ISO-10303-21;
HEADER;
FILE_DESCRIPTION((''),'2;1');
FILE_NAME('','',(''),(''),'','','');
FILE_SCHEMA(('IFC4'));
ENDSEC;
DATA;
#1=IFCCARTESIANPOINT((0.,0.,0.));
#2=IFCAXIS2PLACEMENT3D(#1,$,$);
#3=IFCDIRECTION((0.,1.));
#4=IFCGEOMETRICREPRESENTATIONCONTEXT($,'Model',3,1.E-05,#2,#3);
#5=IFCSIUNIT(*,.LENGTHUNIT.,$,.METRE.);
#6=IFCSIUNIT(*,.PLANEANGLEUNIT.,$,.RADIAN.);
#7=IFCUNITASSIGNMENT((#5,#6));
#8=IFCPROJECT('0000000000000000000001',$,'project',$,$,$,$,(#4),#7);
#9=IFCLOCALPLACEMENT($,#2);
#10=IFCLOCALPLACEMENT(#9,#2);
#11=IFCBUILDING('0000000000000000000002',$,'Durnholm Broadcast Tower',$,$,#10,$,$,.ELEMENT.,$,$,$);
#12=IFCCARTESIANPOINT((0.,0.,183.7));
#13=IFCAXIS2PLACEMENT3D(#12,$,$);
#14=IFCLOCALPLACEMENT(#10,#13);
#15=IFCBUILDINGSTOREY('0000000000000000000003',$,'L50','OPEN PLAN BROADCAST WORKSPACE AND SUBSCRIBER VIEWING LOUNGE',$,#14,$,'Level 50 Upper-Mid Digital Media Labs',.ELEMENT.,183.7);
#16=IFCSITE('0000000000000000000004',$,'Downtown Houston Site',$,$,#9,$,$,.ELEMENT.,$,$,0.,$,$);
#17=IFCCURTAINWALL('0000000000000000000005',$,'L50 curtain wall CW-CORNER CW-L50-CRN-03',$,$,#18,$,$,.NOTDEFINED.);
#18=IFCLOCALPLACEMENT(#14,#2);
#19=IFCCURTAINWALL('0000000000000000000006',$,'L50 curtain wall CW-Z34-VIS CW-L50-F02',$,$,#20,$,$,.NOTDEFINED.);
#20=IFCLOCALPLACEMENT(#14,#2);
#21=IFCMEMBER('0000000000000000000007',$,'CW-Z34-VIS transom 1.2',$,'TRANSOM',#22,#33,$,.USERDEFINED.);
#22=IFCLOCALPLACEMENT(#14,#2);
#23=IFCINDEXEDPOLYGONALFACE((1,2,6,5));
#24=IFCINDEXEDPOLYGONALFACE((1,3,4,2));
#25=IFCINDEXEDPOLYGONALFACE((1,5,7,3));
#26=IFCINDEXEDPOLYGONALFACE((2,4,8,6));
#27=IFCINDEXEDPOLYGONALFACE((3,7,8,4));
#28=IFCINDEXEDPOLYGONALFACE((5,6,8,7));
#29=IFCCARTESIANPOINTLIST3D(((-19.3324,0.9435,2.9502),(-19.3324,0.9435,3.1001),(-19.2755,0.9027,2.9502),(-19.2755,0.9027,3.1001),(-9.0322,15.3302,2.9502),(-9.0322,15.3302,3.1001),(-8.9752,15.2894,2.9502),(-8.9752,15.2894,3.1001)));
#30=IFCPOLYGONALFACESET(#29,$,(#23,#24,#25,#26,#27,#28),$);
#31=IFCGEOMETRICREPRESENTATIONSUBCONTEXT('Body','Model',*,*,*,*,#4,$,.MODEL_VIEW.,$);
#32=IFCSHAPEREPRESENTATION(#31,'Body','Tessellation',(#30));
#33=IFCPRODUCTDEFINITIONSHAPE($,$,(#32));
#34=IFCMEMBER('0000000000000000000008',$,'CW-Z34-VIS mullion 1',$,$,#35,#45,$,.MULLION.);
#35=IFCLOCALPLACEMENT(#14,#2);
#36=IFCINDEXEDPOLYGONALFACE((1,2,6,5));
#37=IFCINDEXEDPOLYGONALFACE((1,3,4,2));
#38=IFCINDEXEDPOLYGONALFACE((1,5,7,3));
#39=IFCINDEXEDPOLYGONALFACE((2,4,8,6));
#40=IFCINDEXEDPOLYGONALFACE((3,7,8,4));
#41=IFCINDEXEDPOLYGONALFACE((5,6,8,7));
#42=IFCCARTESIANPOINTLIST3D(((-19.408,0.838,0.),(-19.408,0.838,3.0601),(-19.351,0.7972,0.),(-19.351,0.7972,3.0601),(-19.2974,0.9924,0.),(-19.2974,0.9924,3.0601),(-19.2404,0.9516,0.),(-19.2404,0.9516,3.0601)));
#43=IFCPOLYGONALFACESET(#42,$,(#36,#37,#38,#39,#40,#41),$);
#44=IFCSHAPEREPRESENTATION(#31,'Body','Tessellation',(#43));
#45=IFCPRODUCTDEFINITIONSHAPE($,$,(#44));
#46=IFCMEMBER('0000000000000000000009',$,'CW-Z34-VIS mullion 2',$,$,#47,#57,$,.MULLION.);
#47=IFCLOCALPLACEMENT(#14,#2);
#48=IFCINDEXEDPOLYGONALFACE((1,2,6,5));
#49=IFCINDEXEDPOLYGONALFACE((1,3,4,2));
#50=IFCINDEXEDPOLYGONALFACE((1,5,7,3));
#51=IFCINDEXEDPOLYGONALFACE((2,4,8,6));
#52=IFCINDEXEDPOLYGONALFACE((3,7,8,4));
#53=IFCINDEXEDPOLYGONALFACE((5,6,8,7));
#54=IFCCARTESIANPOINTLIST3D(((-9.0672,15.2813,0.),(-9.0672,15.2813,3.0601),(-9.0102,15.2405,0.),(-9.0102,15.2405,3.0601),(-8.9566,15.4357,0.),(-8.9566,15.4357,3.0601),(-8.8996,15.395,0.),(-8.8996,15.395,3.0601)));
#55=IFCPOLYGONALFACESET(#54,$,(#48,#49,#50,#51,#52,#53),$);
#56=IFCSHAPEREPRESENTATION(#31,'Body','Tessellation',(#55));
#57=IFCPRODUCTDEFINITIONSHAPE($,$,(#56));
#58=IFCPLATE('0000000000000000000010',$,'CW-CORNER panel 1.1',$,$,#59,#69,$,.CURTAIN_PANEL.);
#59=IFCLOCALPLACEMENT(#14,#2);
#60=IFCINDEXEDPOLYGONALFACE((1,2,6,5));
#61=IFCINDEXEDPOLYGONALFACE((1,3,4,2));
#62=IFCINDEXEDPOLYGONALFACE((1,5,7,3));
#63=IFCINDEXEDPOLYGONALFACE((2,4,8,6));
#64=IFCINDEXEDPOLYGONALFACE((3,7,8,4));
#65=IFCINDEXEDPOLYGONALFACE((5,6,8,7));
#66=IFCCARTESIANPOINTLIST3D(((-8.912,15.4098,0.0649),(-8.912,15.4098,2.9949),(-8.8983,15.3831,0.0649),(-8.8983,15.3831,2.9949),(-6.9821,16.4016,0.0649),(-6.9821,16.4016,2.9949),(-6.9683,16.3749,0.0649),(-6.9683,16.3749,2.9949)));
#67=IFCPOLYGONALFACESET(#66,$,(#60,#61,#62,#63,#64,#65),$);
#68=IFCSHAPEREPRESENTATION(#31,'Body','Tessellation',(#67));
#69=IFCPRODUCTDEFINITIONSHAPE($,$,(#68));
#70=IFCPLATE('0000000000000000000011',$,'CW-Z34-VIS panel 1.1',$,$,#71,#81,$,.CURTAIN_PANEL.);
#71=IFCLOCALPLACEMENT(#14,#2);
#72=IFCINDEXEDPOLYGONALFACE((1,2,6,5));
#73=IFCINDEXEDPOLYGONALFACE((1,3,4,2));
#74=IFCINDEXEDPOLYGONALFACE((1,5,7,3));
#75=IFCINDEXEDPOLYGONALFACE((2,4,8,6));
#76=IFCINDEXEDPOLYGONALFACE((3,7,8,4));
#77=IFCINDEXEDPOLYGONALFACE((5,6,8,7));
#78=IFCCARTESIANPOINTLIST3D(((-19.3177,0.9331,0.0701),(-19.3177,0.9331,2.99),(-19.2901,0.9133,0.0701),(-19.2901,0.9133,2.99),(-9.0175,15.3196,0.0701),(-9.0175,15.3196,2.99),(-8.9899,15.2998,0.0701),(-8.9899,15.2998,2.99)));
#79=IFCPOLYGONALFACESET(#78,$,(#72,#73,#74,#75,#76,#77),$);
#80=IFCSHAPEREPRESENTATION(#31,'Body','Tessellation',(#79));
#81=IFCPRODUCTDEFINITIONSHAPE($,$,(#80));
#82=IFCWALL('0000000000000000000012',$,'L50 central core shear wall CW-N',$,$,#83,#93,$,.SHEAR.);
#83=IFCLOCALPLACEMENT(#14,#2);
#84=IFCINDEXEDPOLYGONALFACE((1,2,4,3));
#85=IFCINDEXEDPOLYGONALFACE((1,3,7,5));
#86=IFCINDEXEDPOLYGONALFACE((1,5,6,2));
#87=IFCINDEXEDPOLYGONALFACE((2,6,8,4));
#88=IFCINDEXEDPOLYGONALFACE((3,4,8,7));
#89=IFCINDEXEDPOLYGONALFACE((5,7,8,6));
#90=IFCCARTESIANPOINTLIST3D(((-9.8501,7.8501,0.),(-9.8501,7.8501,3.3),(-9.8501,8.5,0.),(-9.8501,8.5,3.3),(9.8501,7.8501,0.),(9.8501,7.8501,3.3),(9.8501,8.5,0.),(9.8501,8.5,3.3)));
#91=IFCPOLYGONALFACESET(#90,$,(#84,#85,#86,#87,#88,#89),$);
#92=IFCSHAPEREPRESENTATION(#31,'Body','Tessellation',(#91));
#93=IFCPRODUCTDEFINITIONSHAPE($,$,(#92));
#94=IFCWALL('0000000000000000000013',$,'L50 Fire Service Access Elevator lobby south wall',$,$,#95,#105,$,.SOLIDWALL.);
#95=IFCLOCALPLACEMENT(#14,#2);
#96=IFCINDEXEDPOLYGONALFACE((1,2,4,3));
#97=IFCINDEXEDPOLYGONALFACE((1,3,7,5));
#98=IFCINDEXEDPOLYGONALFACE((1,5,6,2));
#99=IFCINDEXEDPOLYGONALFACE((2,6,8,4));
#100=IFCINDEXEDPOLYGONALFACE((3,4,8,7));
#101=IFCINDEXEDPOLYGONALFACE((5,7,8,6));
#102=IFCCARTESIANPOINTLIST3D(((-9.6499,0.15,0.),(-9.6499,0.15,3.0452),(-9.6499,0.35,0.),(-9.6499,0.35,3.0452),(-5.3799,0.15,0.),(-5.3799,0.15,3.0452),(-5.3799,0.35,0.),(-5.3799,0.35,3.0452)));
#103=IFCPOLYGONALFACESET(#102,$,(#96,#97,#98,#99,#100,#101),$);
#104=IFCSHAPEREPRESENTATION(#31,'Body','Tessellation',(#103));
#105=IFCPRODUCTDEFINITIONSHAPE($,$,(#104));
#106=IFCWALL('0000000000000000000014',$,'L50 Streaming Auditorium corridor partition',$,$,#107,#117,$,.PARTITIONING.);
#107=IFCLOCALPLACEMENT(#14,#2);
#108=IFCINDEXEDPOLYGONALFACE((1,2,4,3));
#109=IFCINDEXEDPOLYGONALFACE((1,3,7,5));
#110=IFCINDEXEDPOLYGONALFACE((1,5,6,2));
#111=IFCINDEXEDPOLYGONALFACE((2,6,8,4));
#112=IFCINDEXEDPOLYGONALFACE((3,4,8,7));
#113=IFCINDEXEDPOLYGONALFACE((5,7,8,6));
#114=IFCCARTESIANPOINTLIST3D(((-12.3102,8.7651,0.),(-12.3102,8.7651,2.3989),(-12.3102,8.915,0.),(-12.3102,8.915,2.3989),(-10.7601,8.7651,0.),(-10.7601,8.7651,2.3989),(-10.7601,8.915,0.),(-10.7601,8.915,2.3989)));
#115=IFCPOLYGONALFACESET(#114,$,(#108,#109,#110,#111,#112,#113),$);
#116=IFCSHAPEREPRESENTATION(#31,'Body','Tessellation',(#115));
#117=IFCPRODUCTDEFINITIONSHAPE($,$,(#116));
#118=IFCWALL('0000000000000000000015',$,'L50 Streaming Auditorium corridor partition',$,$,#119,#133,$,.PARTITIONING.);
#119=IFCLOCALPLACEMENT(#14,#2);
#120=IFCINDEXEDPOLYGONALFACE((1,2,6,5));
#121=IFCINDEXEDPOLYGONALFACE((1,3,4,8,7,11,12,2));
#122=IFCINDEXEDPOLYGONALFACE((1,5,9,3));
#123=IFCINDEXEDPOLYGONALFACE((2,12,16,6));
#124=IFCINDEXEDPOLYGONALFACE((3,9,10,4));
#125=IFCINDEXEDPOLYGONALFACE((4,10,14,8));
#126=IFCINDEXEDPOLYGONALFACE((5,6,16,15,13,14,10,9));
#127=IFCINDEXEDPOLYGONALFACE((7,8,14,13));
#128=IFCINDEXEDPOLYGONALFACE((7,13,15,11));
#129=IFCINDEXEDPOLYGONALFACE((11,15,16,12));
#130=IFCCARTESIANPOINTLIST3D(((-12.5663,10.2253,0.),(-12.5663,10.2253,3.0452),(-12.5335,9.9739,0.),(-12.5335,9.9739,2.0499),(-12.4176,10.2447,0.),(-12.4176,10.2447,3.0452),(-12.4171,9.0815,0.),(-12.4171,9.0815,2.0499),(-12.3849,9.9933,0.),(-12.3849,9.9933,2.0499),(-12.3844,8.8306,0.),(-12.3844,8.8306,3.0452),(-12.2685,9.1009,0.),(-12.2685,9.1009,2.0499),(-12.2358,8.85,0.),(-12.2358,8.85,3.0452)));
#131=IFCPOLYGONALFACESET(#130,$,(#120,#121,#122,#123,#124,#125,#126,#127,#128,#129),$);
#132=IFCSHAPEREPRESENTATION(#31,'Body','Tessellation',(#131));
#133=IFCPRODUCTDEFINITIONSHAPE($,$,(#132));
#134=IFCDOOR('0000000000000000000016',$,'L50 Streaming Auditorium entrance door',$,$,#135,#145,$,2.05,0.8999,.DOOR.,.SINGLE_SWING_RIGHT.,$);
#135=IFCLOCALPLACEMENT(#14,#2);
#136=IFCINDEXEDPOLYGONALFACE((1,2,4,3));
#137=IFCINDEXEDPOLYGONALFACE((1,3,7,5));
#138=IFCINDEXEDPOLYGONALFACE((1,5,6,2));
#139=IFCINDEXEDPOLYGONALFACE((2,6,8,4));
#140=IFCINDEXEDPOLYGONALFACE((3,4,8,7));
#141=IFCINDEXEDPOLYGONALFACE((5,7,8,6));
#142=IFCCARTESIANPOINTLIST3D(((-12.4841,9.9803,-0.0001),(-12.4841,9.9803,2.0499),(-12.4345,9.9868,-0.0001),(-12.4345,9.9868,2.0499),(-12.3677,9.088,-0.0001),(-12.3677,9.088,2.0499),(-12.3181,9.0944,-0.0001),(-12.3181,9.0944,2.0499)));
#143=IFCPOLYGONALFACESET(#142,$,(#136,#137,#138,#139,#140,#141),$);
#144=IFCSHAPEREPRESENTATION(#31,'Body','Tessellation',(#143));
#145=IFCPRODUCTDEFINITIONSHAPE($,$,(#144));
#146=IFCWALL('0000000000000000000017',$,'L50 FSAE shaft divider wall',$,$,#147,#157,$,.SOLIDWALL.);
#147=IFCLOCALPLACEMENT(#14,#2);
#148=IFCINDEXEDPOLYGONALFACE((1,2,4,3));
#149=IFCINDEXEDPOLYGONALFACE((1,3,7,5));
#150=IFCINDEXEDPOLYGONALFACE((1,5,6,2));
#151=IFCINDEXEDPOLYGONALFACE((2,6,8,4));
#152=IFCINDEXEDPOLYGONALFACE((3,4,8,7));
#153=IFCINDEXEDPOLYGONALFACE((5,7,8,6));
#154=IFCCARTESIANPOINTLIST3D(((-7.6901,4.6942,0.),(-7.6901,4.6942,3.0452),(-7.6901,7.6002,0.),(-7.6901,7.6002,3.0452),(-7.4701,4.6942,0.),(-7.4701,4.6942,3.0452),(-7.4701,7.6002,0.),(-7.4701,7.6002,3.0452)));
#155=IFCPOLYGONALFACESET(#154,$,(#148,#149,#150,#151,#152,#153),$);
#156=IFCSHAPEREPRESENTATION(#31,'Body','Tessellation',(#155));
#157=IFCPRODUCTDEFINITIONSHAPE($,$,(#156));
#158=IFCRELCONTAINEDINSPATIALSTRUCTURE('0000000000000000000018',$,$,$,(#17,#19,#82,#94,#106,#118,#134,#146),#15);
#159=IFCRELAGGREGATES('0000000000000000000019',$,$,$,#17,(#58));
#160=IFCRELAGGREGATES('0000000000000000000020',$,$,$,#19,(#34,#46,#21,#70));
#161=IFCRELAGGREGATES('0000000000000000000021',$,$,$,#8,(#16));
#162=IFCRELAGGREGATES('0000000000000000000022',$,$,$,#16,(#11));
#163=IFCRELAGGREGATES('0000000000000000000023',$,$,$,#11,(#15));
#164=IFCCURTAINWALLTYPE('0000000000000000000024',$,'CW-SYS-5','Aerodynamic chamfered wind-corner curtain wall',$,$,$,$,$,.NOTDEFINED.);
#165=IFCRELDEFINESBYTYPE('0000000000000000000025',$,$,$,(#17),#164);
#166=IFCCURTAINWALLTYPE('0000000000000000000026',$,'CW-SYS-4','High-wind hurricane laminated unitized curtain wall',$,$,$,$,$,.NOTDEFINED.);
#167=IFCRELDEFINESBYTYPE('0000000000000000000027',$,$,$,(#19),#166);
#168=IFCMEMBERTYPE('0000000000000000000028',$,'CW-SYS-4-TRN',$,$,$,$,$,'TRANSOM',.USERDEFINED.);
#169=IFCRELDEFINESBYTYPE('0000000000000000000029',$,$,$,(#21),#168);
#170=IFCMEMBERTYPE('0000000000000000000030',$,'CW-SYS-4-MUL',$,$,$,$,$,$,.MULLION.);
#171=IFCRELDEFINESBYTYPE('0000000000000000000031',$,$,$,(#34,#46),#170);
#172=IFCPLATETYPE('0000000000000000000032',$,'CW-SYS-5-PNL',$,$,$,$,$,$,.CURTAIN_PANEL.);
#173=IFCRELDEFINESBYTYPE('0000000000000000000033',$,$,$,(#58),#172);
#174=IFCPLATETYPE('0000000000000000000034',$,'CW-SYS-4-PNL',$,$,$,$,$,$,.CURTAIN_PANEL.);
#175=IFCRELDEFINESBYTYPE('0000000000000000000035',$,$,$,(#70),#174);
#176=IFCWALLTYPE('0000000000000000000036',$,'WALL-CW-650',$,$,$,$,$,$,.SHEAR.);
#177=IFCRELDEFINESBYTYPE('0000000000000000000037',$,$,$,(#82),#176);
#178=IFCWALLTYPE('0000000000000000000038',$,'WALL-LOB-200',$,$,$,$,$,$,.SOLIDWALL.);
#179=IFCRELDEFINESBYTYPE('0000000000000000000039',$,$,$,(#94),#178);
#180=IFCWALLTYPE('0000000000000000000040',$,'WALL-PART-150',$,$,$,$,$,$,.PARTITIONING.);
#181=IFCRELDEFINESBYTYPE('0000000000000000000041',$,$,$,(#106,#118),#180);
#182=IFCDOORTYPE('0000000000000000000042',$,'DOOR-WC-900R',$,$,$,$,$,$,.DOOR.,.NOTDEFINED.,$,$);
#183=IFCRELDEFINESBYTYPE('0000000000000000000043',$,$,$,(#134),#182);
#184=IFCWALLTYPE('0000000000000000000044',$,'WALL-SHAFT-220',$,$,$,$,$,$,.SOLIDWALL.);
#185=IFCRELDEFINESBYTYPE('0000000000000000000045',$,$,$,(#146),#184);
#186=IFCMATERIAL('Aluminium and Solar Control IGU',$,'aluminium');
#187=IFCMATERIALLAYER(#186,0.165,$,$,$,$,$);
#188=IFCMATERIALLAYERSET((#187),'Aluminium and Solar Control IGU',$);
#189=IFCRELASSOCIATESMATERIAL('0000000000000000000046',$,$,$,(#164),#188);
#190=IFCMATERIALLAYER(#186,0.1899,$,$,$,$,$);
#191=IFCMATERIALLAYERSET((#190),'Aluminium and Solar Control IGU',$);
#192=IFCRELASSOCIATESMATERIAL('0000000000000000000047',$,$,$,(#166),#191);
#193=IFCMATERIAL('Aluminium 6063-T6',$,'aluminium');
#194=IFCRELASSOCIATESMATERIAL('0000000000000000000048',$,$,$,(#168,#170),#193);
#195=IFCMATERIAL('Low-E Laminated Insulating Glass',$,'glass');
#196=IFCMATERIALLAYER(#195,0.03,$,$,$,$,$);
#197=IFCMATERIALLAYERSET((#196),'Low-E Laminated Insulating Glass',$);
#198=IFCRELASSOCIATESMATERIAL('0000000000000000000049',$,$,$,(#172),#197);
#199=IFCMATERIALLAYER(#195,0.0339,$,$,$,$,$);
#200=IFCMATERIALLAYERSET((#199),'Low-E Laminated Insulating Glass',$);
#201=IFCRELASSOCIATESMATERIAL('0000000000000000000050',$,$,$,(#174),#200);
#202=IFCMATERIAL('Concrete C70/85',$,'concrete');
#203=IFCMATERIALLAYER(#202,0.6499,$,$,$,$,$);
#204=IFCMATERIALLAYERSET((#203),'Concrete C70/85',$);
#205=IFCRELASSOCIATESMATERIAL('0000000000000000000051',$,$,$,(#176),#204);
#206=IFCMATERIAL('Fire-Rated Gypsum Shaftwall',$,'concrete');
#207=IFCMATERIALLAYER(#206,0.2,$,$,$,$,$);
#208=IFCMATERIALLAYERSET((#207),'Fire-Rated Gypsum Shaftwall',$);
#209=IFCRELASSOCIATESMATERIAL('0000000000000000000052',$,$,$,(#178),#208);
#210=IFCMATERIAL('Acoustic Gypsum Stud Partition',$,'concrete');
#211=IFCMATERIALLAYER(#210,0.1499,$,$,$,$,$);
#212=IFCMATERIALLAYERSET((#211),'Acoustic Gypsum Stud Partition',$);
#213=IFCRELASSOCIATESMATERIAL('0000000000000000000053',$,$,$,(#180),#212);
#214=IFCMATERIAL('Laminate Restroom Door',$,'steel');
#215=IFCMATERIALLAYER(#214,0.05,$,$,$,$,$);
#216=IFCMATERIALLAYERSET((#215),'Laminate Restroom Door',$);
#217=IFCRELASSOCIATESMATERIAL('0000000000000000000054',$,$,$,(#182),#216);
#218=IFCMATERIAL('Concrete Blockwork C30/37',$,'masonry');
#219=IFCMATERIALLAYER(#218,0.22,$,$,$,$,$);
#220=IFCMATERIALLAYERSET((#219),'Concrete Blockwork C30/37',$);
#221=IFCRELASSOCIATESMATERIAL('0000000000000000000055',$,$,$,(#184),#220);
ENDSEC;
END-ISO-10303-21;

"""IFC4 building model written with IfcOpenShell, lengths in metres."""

from ifc_helpers import new_model, si_unit, direction, frame, frame_2d, origin, origin_2d, place, context, subcontext, project, spatial, rectangle, extrude, source, transform, mapped, material, layer, layer_set, material_profile, profile_set, type_object, type_shapes, element, fill, aggregate, save


model = new_model("IFC4")

# Units and contexts
model_context = context("Model", 3, precision=1e-05, world=origin(), true_north=direction((0.0, 1.0)))
body_context = subcontext(model_context, "Body", "Model", "MODEL_VIEW")
ifc_project = project(units=[si_unit("LENGTHUNIT", "METRE"), si_unit("PLANEANGLEUNIT", "RADIAN")], contexts=[model_context])

# Site, building, storey
site_placement = place(None, origin())
site = spatial("IfcSite", under=ifc_project, at=site_placement, Name="Downtown Houston Site", CompositionType="ELEMENT", RefElevation=0.0)
building_placement = place(site_placement, origin())
building = spatial("IfcBuilding", under=site, at=building_placement, Name="Durnholm Broadcast Tower", CompositionType="ELEMENT")
storey_placement = place(building_placement, frame((0.0, 0.0, 183.7)))
storey = spatial("IfcBuildingStorey", under=building, at=storey_placement, Name="L50", Description="OPEN PLAN BROADCAST WORKSPACE AND SUBSCRIBER VIEWING LOUNGE", LongName="Level 50 Upper-Mid Digital Media Labs", CompositionType="ELEMENT", Elevation=183.7)

# Shared definitions
ifc_material_1 = material(Name="Concrete C70/85", Category="concrete")

# Shared definitions
ifc_material_2 = material(Name="Aluminium and Solar Control IGU", Category="aluminium")
ifc_layer_1 = layer(ifc_material_2, 0.165)
ifc_layer_set_1 = layer_set([ifc_layer_1], Name="Aluminium and Solar Control IGU")
curtain_wall_type_1 = type_object("IfcCurtainWallType", Name="CW-SYS-5", Description="Aerodynamic chamfered wind-corner curtain wall", PredefinedType="NOTDEFINED", material=ifc_layer_set_1)
ifc_material_3 = material(Name="Aluminium 6063-T6", Category="aluminium")

# Curtain walls, members
curtain_wall_1_placement = place(storey_placement, origin())
curtain_wall_1 = element("IfcCurtainWall", 1, at=curtain_wall_1_placement, inside=storey, type_object=curtain_wall_type_1, Name="L50 curtain wall CW-CORNER CW-L50-CRN-03", PredefinedType="NOTDEFINED")
ifc_layer_2 = layer(ifc_material_2, 0.1899)
ifc_layer_set_2 = layer_set([ifc_layer_2], Name="Aluminium and Solar Control IGU")
curtain_wall_type_2 = type_object("IfcCurtainWallType", Name="CW-SYS-4", Description="High-wind hurricane laminated unitized curtain wall", PredefinedType="NOTDEFINED", material=ifc_layer_set_2)
curtain_wall_2_placement = place(storey_placement, origin())
curtain_wall_2 = element("IfcCurtainWall", 2, at=curtain_wall_2_placement, inside=storey, type_object=curtain_wall_type_2, Name="L50 curtain wall CW-Z34-VIS CW-L50-F02", PredefinedType="NOTDEFINED")
ifc_material_profile_1 = material_profile(ifc_material_3, rectangle(XDim=0.0701, YDim=0.1499, at=origin_2d()), Name="CWT70X150")
ifc_profile_set_1 = profile_set([ifc_material_profile_1], Name="Aluminium 6063-T6")
member_type_1 = type_object("IfcMemberType", Name="CW-SYS-4-TRN", ElementType="TRANSOM", PredefinedType="USERDEFINED", material=ifc_profile_set_1)
shared_shape_1 = source(origin(), body_context, "Body", "SweptSolid", [
    extrude(rectangle(XDim=0.0701, YDim=0.1499, at=origin_2d()), origin(), (0.0, 0.0, 1.0), 17.6938),
])
type_shapes(member_type_1, [shared_shape_1])
member_1_placement = place(storey_placement, frame((-19.304, 0.9231, 3.0251), z_axis=(0.582138, 0.81309, 0.0), x_axis=(-0.81309, 0.582138, 0.0)))
member_1 = element("IfcMember", 3, at=member_1_placement, type_object=member_type_1, Name="CW-Z34-VIS transom 1.2", ObjectType="TRANSOM", PredefinedType="USERDEFINED", context=body_context, shape_type="MappedRepresentation", body=[
    mapped(shared_shape_1, transform((0.0, 0.0, 0.0), x_axis=(1.0, 0.0, 0.0), y_axis=(0.0, 1.0, 0.0), z_axis=(0.0, 0.0, 1.0), scale=1.0)),
])
ifc_material_profile_2 = material_profile(ifc_material_3, rectangle(XDim=0.0701, YDim=0.1899, at=origin_2d()), Name="CWM70X190")
ifc_profile_set_2 = profile_set([ifc_material_profile_2], Name="Aluminium 6063-T6")
member_type_2 = type_object("IfcMemberType", Name="CW-SYS-4-MUL", PredefinedType="MULLION", material=ifc_profile_set_2)
shared_shape_2 = source(origin(), body_context, "Body", "SweptSolid", [
    extrude(rectangle(XDim=0.0701, YDim=0.1899, at=origin_2d()), origin(), (0.0, 0.0, 1.0), 3.0601),
])
type_shapes(member_type_2, [shared_shape_2])
member_2_placement = place(storey_placement, frame((-19.3242, 0.8948, 0.0), z_axis=(0.0, 0.0, 1.0), x_axis=(-0.813089, 0.582139, 0.0)))
member_2 = element("IfcMember", 4, at=member_2_placement, type_object=member_type_2, Name="CW-Z34-VIS mullion 1", PredefinedType="MULLION", context=body_context, shape_type="MappedRepresentation", body=[
    mapped(shared_shape_2, transform((0.0, 0.0, 0.0), x_axis=(1.0, 0.0, 0.0), y_axis=(0.0, 1.0, 0.0), z_axis=(0.0, 0.0, 1.0), scale=1.0)),
])
member_3_placement = place(storey_placement, frame((-8.9834, 15.3381, 0.0), z_axis=(0.0, 0.0, 1.0), x_axis=(-0.813089, 0.582139, 0.0)))
member_3 = element("IfcMember", 5, at=member_3_placement, type_object=member_type_2, Name="CW-Z34-VIS mullion 2", PredefinedType="MULLION", context=body_context, shape_type="MappedRepresentation", body=[
    mapped(shared_shape_2, transform((0.0, 0.0, 0.0), x_axis=(1.0, 0.0, 0.0), y_axis=(0.0, 1.0, 0.0), z_axis=(0.0, 0.0, 1.0), scale=1.0)),
])

# Plates
ifc_material_4 = material(Name="Low-E Laminated Insulating Glass", Category="glass")
ifc_layer_3 = layer(ifc_material_4, 0.03)
ifc_layer_set_3 = layer_set([ifc_layer_3], Name="Low-E Laminated Insulating Glass")
plate_type_1 = type_object("IfcPlateType", Name="CW-SYS-5-PNL", PredefinedType="CURTAIN_PANEL", material=ifc_layer_set_3)
shared_shape_3 = source(origin(), body_context, "Body", "SweptSolid", [
    extrude(rectangle(XDim=2.1699, YDim=0.03, at=origin_2d()), origin(), (0.0, 0.0, 1.0), 2.9299),
])
type_shapes(plate_type_1, [shared_shape_3])
plate_1_placement = place(storey_placement, frame((-7.9402, 15.8923, 0.0649), z_axis=(0.0, 0.0, 1.0), x_axis=(0.889425, 0.457082, 0.0)))
plate_1 = element("IfcPlate", 6, at=plate_1_placement, type_object=plate_type_1, Name="CW-CORNER panel 1.1", PredefinedType="CURTAIN_PANEL", context=body_context, shape_type="MappedRepresentation", body=[
    mapped(shared_shape_3, transform((0.0, 0.0, 0.0), x_axis=(1.0, 0.0, 0.0), y_axis=(0.0, 1.0, 0.0), z_axis=(0.0, 0.0, 1.0), scale=1.0)),
])
aggregate(curtain_wall_1, [plate_1])
ifc_layer_4 = layer(ifc_material_4, 0.0339)
ifc_layer_set_4 = layer_set([ifc_layer_4], Name="Low-E Laminated Insulating Glass")
plate_type_2 = type_object("IfcPlateType", Name="CW-SYS-4-PNL", PredefinedType="CURTAIN_PANEL", material=ifc_layer_set_4)
shared_shape_4 = source(origin(), body_context, "Body", "SweptSolid", [
    extrude(rectangle(XDim=17.6936, YDim=0.0339, at=origin_2d()), origin(), (0.0, 0.0, 1.0), 2.9199),
])
type_shapes(plate_type_2, [shared_shape_4])
plate_2_placement = place(storey_placement, frame((-14.1538, 8.1165, 0.0701), z_axis=(0.0, 0.0, 1.0), x_axis=(0.582139, 0.813089, 0.0)))
plate_2 = element("IfcPlate", 7, at=plate_2_placement, type_object=plate_type_2, Name="CW-Z34-VIS panel 1.1", PredefinedType="CURTAIN_PANEL", context=body_context, shape_type="MappedRepresentation", body=[
    mapped(shared_shape_4, transform((0.0, 0.0, 0.0), x_axis=(1.0, 0.0, 0.0), y_axis=(0.0, 1.0, 0.0), z_axis=(0.0, 0.0, 1.0), scale=1.0)),
])
aggregate(curtain_wall_2, [member_2, member_3, member_1, plate_2])

# Walls
ifc_layer_5 = layer(ifc_material_1, 0.6499)
ifc_layer_set_5 = layer_set([ifc_layer_5], Name="Concrete C70/85")
wall_type_1 = type_object("IfcWallType", Name="WALL-CW-650", PredefinedType="SHEAR", material=ifc_layer_set_5)
wall_1_placement = place(storey_placement, frame((-9.8501, 8.175, 0.0), z_axis=(0.0, 0.0, 1.0), x_axis=(1.0, 0.0, 0.0)))
element("IfcWall", 8, at=wall_1_placement, inside=storey, type_object=wall_type_1, Name="L50 central core shear wall CW-N", PredefinedType="SHEAR", context=body_context, shape_type="SweptSolid", body=[
    extrude(rectangle(XDim=19.7002, YDim=0.6499, at=frame_2d((9.8501, 0.0))), origin(), (0.0, 0.0, 1.0), 3.3),
])
ifc_material_5 = material(Name="Fire-Rated Gypsum Shaftwall", Category="concrete")
ifc_layer_6 = layer(ifc_material_5, 0.2)
ifc_layer_set_6 = layer_set([ifc_layer_6], Name="Fire-Rated Gypsum Shaftwall")
wall_type_2 = type_object("IfcWallType", Name="WALL-LOB-200", PredefinedType="SOLIDWALL", material=ifc_layer_set_6)
wall_2_placement = place(storey_placement, frame((-9.6499, 0.25, 0.0), z_axis=(0.0, 0.0, 1.0), x_axis=(1.0, 0.0, 0.0)))
element("IfcWall", 9, at=wall_2_placement, inside=storey, type_object=wall_type_2, Name="L50 Fire Service Access Elevator lobby south wall", PredefinedType="SOLIDWALL", context=body_context, shape_type="SweptSolid", body=[
    extrude(rectangle(XDim=4.27, YDim=0.2, at=frame_2d((2.135, 0.0))), origin(), (0.0, 0.0, 1.0), 3.0452),
])
ifc_material_6 = material(Name="Acoustic Gypsum Stud Partition", Category="concrete")
ifc_layer_7 = layer(ifc_material_6, 0.1499)
ifc_layer_set_7 = layer_set([ifc_layer_7], Name="Acoustic Gypsum Stud Partition")
wall_type_3 = type_object("IfcWallType", Name="WALL-PART-150", PredefinedType="PARTITIONING", material=ifc_layer_set_7)
wall_3_placement = place(storey_placement, frame((-12.3101, 8.8401, 0.0), z_axis=(0.0, 0.0, 1.0), x_axis=(1.0, 0.0, 0.0)))
element("IfcWall", 10, at=wall_3_placement, inside=storey, type_object=wall_type_3, Name="L50 Streaming Auditorium corridor partition", PredefinedType="PARTITIONING", context=body_context, shape_type="SweptSolid", body=[
    extrude(rectangle(XDim=1.55, YDim=0.1499, at=frame_2d((0.7749, 0.0))), origin(), (0.0, 0.0, 1.0), 2.3989),
])

# Wall, opening, door
wall_4_placement = place(storey_placement, frame((-12.4919, 10.2349, 0.0), z_axis=(0.0, 0.0, 1.0), x_axis=(0.12931, -0.991604, 0.0)))
wall_4 = element("IfcWall", 11, at=wall_4_placement, inside=storey, type_object=wall_type_3, Name="L50 Streaming Auditorium corridor partition", PredefinedType="PARTITIONING", context=body_context, shape_type="SweptSolid", body=[
    extrude(rectangle(XDim=1.4065, YDim=0.1499, at=frame_2d((0.7031, 0.0))), origin(), (0.0, 0.0, 1.0), 3.0452),
])
opening_1_placement = place(wall_4_placement, frame((0.2534, 0.0, 0.0)))
opening_1 = element("IfcOpeningElement", 12, at=opening_1_placement, cuts=wall_4, PredefinedType="OPENING", context=body_context, shape_type="SweptSolid", body=[
    extrude(rectangle(XDim=0.8999, YDim=2.05, at=frame_2d((0.45, 1.0249))), frame((0.0, 0.085, 0.0), z_axis=(0.0, -1.0, 0.0), x_axis=(1.0, 0.0, 0.0)), (0.0, 0.0, 1.0), 0.1699),
])
ifc_material_7 = material(Name="Laminate Restroom Door", Category="steel")
ifc_layer_8 = layer(ifc_material_7, 0.05)
ifc_layer_set_8 = layer_set([ifc_layer_8], Name="Laminate Restroom Door")
door_type_1 = type_object("IfcDoorType", Name="DOOR-WC-900R", OperationType="NOTDEFINED", PredefinedType="DOOR", material=ifc_layer_set_8)
shared_shape_5 = source(origin(), body_context, "Body", "SweptSolid", [
    extrude(rectangle(XDim=0.8999, YDim=2.05, at=frame_2d((0.45, 1.0249))), frame((0.0, 0.0249, 0.0), z_axis=(0.0, -1.0, 0.0), x_axis=(1.0, 0.0, 0.0)), (0.0, 0.0, 1.0), 0.05),
])
type_shapes(door_type_1, [shared_shape_5])
door_1_placement = place(opening_1_placement, origin())
door_1 = element("IfcDoor", 13, at=door_1_placement, inside=storey, type_object=door_type_1, Name="L50 Streaming Auditorium entrance door", OperationType="SINGLE_SWING_RIGHT", OverallHeight=2.05, OverallWidth=0.8999, PredefinedType="DOOR", context=body_context, shape_type="MappedRepresentation", body=[
    mapped(shared_shape_5, transform((0.0, 0.0, 0.0), x_axis=(1.0, 0.0, 0.0), y_axis=(0.0, 1.0, 0.0), z_axis=(0.0, 0.0, 1.0), scale=1.0)),
])
fill(opening_1, door_1)

# Shared definitions
ifc_material_8 = material(Name="Concrete Blockwork C30/37", Category="masonry")
ifc_layer_9 = layer(ifc_material_8, 0.22)
ifc_layer_set_9 = layer_set([ifc_layer_9], Name="Concrete Blockwork C30/37")
wall_type_4 = type_object("IfcWallType", Name="WALL-SHAFT-220", PredefinedType="SOLIDWALL", material=ifc_layer_set_9)

# Wall
wall_5_placement = place(storey_placement, frame((-7.5801, 4.6941, 0.0), z_axis=(0.0, 0.0, 1.0), x_axis=(0.0, 1.0, 0.0)))
element("IfcWall", 14, at=wall_5_placement, inside=storey, type_object=wall_type_4, Name="L50 FSAE shaft divider wall", PredefinedType="SOLIDWALL", context=body_context, shape_type="SweptSolid", body=[
    extrude(rectangle(XDim=2.906, YDim=0.22, at=frame_2d((1.4531, 0.0))), origin(), (0.0, 0.0, 1.0), 3.0452),
])

save(model, "model.ifc")
